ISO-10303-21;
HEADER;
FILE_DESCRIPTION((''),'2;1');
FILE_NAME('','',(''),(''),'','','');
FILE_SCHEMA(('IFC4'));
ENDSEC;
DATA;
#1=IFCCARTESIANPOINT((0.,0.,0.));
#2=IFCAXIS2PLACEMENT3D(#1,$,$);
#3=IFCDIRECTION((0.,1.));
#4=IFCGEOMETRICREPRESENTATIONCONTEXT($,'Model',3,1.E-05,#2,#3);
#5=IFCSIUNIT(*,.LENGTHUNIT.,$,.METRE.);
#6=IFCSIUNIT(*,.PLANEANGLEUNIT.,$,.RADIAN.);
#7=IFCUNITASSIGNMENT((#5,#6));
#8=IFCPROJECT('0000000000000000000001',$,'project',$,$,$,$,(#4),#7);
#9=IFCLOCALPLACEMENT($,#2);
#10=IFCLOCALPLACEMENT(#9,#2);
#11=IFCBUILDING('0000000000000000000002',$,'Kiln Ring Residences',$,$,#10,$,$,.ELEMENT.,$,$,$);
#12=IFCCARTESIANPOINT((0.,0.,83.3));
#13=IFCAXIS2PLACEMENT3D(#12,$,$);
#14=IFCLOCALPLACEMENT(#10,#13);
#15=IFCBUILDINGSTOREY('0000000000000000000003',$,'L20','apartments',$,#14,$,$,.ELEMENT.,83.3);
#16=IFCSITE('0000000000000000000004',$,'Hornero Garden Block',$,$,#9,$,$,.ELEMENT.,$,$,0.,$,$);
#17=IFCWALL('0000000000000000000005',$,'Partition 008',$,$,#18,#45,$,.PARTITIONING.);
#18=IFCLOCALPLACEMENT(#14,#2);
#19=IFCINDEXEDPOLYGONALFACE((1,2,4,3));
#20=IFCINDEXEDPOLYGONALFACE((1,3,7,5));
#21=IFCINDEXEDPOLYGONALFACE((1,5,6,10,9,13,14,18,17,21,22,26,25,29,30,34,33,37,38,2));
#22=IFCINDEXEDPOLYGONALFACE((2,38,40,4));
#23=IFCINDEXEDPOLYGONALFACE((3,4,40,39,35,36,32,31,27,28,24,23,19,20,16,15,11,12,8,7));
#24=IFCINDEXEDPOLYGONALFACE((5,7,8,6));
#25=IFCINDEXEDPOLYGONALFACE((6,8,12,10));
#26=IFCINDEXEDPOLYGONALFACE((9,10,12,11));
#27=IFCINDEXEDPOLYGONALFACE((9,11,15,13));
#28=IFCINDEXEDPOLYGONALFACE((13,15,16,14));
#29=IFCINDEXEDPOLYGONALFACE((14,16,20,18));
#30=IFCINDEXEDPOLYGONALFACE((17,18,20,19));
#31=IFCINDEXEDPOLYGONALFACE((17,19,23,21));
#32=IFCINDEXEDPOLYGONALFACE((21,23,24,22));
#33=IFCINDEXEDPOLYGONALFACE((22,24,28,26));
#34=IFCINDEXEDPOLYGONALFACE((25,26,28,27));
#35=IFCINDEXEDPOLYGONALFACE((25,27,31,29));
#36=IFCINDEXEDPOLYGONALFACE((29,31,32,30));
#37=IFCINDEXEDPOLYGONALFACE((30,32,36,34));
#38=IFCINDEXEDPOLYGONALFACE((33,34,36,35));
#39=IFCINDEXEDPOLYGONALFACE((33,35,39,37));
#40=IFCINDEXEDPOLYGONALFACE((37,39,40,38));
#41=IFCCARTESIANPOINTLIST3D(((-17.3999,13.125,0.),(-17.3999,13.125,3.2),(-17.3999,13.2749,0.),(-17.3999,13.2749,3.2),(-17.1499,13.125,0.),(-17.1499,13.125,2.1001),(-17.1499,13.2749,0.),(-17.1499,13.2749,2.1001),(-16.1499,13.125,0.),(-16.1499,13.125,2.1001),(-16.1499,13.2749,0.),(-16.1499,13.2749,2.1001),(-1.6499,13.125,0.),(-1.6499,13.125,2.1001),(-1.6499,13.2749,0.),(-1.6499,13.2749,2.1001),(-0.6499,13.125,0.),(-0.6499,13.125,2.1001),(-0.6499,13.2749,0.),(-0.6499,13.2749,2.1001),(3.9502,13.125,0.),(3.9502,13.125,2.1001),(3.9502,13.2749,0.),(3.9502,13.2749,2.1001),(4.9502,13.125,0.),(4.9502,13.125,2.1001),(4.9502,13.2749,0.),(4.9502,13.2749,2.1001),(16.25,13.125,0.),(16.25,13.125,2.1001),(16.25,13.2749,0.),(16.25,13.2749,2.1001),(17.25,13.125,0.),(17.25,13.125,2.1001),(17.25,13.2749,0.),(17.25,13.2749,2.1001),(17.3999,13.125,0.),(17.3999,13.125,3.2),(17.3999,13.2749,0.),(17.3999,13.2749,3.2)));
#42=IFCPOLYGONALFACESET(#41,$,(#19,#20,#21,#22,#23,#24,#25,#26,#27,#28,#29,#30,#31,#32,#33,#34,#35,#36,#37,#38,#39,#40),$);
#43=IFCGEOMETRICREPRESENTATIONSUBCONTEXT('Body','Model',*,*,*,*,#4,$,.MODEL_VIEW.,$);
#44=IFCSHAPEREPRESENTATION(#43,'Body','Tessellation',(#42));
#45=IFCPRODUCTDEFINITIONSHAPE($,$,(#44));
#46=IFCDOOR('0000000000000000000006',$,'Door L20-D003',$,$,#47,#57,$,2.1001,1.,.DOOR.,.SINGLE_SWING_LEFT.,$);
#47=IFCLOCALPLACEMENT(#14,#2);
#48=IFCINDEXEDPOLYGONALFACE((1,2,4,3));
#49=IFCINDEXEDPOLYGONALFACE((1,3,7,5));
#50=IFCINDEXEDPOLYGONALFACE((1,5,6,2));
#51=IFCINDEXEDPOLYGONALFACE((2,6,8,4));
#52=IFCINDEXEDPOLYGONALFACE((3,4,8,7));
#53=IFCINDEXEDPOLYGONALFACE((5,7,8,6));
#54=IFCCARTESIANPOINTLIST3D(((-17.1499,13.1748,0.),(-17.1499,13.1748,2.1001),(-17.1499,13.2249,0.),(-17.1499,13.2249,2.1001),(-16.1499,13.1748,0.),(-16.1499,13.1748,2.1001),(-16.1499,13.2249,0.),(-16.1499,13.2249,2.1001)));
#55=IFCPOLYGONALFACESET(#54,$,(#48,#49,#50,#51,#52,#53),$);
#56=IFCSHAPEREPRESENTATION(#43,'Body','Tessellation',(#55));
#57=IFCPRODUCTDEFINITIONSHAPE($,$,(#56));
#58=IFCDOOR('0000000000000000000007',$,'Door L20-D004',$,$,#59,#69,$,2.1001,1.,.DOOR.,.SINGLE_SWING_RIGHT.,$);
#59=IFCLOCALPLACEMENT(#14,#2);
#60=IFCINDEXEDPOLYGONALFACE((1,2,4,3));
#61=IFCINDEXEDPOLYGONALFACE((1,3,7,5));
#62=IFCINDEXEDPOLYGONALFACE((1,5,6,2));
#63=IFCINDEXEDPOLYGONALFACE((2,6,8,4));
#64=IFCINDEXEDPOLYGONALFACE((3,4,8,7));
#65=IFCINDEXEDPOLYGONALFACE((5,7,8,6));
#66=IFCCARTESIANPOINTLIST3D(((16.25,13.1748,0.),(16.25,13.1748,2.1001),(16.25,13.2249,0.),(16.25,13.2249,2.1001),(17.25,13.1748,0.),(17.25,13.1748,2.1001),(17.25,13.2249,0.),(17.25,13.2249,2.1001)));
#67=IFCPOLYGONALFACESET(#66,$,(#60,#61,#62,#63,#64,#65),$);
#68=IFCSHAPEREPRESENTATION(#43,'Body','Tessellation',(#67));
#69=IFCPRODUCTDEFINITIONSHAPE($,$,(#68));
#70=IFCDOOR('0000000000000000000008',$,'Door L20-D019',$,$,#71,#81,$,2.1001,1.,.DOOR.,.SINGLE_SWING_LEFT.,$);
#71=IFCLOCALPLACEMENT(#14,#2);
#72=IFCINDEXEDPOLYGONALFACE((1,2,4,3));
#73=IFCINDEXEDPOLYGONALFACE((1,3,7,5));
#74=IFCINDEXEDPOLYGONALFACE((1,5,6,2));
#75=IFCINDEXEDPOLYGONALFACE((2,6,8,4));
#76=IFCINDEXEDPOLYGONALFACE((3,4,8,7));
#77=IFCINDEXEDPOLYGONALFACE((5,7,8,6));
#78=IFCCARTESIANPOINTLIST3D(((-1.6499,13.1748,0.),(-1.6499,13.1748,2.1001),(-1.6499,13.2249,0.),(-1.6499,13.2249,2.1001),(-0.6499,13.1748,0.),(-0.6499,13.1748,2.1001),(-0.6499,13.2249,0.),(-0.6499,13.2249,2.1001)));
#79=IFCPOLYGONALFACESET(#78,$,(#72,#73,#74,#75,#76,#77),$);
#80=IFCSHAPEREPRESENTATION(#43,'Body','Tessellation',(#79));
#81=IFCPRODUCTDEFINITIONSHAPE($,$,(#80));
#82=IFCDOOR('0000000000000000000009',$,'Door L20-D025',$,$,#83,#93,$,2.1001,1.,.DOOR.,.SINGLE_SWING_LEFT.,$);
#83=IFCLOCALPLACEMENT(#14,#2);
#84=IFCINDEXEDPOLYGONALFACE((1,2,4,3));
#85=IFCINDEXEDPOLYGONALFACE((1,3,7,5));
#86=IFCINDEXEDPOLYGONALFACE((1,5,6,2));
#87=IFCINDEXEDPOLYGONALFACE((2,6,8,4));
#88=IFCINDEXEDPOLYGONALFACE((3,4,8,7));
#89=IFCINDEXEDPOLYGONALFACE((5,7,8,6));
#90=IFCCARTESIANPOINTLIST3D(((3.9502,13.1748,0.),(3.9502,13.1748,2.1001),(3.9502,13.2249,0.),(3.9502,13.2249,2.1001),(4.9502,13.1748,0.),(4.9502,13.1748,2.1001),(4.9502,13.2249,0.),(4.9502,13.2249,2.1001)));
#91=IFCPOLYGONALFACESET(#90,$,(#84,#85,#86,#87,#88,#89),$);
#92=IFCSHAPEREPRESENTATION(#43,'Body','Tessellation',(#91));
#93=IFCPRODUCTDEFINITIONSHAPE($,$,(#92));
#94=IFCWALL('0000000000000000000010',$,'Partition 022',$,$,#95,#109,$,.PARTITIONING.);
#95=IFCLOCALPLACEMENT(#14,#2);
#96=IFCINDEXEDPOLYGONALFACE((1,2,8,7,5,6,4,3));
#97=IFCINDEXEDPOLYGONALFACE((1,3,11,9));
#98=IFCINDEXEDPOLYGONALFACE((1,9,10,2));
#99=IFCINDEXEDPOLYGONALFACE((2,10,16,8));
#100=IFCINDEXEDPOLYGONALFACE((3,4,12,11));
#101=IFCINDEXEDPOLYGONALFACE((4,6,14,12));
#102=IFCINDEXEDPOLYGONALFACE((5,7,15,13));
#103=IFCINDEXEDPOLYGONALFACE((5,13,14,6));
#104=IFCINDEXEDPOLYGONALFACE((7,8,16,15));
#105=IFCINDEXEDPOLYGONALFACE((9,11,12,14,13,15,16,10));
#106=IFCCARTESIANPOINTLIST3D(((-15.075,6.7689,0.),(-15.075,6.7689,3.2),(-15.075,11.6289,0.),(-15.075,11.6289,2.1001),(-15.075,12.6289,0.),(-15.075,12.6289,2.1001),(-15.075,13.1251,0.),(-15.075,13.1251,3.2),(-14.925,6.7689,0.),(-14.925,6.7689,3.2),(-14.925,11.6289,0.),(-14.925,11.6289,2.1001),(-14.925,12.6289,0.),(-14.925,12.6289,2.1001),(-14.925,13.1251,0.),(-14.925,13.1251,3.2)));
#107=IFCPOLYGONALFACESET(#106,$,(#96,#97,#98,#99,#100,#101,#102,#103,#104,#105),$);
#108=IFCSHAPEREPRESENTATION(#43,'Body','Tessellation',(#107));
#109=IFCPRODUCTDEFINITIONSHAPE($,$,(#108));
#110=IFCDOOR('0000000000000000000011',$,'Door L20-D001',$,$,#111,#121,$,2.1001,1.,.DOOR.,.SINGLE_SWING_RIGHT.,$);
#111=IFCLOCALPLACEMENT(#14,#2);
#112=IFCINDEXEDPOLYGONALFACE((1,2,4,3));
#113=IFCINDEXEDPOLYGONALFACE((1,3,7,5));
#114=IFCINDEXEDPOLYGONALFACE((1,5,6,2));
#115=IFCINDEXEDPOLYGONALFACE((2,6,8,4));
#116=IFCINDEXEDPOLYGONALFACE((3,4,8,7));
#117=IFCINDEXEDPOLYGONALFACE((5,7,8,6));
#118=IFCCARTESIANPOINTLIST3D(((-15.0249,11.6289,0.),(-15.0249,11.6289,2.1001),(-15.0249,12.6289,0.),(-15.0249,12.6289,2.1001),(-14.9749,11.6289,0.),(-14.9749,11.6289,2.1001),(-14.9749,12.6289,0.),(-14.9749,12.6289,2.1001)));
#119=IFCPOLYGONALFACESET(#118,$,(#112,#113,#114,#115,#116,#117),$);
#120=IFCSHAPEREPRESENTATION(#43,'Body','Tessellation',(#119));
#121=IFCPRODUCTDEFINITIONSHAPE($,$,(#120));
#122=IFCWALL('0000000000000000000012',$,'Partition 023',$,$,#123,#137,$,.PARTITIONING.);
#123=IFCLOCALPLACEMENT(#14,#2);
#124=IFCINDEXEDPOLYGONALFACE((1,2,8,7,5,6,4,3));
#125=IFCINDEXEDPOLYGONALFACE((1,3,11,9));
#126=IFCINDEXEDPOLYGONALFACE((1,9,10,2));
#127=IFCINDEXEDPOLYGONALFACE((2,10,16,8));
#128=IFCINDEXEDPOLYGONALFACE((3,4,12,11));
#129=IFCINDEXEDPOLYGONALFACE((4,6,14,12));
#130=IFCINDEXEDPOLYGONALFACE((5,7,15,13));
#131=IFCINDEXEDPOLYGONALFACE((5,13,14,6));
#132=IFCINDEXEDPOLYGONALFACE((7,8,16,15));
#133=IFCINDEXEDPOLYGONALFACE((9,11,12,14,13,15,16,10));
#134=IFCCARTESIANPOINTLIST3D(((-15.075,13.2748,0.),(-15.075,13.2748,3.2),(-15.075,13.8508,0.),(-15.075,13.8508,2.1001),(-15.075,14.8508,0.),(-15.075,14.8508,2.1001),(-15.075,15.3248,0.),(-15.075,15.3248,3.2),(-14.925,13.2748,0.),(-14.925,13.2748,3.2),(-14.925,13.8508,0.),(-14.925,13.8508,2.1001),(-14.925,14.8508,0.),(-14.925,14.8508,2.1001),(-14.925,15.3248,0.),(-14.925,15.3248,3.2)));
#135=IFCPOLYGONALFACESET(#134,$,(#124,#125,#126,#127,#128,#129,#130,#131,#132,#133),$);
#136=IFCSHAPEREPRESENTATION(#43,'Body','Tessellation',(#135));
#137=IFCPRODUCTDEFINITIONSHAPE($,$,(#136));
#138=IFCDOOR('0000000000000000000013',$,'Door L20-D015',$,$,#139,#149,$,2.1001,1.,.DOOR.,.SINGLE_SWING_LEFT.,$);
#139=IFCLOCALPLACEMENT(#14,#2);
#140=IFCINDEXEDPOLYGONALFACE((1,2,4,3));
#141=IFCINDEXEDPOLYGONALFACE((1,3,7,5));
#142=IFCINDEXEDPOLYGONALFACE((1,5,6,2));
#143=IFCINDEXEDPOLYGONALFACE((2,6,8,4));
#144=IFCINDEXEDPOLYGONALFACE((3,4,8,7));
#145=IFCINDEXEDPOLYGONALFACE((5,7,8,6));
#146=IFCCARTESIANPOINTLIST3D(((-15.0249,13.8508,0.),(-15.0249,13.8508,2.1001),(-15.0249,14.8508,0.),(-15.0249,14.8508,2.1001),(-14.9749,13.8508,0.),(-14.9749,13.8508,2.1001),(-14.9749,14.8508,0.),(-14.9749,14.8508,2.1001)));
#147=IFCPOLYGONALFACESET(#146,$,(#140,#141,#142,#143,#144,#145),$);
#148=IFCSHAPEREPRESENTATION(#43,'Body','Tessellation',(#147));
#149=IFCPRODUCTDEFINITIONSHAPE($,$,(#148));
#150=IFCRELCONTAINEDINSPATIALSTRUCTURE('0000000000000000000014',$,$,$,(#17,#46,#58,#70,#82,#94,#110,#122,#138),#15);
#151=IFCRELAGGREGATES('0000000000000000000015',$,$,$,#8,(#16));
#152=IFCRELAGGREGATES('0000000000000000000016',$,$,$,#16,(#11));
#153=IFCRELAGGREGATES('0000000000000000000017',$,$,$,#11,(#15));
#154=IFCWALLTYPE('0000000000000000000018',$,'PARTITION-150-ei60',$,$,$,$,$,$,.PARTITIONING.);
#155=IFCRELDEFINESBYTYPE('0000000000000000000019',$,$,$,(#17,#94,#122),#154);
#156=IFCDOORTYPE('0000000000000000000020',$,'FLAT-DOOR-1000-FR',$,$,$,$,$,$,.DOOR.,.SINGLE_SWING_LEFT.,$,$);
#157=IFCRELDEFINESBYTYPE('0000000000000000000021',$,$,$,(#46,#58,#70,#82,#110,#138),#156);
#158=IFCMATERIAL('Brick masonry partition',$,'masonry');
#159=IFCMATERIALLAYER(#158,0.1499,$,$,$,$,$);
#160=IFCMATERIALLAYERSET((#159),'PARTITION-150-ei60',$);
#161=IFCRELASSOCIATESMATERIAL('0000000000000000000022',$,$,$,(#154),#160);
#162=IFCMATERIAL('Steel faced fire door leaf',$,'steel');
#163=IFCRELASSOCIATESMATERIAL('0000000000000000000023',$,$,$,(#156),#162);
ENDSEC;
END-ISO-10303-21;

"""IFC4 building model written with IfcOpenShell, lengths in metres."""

from ifc_helpers import new_model, si_unit, direction, frame, frame_2d, origin, place, context, subcontext, project, spatial, rectangle, extrude, material, layer, layer_set, type_object, element, fill, save


model = new_model("IFC4")

# Units and contexts
model_context = context("Model", 3, precision=1e-05, world=origin(), true_north=direction((0.0, 1.0)))
body_context = subcontext(model_context, "Body", "Model", "MODEL_VIEW")
ifc_project = project(units=[si_unit("LENGTHUNIT", "METRE"), si_unit("PLANEANGLEUNIT", "RADIAN")], contexts=[model_context])

# Site, building, storey
site_placement = place(None, origin())
site = spatial("IfcSite", under=ifc_project, at=site_placement, Name="Hornero Garden Block", CompositionType="ELEMENT", RefElevation=0.0)
building_placement = place(site_placement, origin())
building = spatial("IfcBuilding", under=site, at=building_placement, Name="Kiln Ring Residences", CompositionType="ELEMENT")
storey_placement = place(building_placement, frame((0.0, 0.0, 83.3)))
storey = spatial("IfcBuildingStorey", under=building, at=storey_placement, Name="L20", Description="apartments", CompositionType="ELEMENT", Elevation=83.3)

# Wall, openings, doors
ifc_material_1 = material(Name="Brick masonry partition", Category="masonry")
ifc_layer_1 = layer(ifc_material_1, 0.1499)
ifc_layer_set_1 = layer_set([ifc_layer_1], Name="PARTITION-150-ei60")
wall_type = type_object("IfcWallType", Name="PARTITION-150-ei60", PredefinedType="PARTITIONING", material=ifc_layer_set_1)
ifc_material_2 = material(Name="Steel faced fire door leaf", Category="steel")
door_type = type_object("IfcDoorType", Name="FLAT-DOOR-1000-FR", OperationType="SINGLE_SWING_LEFT", PredefinedType="DOOR", material=ifc_material_2)
wall_1_placement = place(storey_placement, frame((-17.3999, 13.2, 0.0), z_axis=(0.0, 0.0, 1.0), x_axis=(1.0, 0.0, 0.0)))
wall_1 = element("IfcWall", 1, at=wall_1_placement, inside=storey, type_object=wall_type, Name="Partition 008", PredefinedType="PARTITIONING", context=body_context, shape_type="SweptSolid", body=[
    extrude(rectangle(XDim=34.7998, YDim=0.1499, at=frame_2d((17.3999, 0.0))), origin(), (0.0, 0.0, 1.0), 3.2),
])
opening_1_placement = place(wall_1_placement, frame((0.25, 0.0, 0.0)))
opening_1 = element("IfcOpeningElement", 2, at=opening_1_placement, cuts=wall_1, PredefinedType="OPENING", context=body_context, shape_type="SweptSolid", body=[
    extrude(rectangle(XDim=1.0, YDim=2.1001, at=frame_2d((0.5, 1.05))), frame((0.0, 0.085, 0.0), z_axis=(0.0, -1.0, 0.0), x_axis=(1.0, 0.0, 0.0)), (0.0, 0.0, 1.0), 0.1699),
])
opening_2_placement = place(wall_1_placement, frame((33.6499, 0.0, 0.0)))
opening_2 = element("IfcOpeningElement", 3, at=opening_2_placement, cuts=wall_1, PredefinedType="OPENING", context=body_context, shape_type="SweptSolid", body=[
    extrude(rectangle(XDim=1.0, YDim=2.1001, at=frame_2d((0.5, 1.05))), frame((0.0, 0.085, 0.0), z_axis=(0.0, -1.0, 0.0), x_axis=(1.0, 0.0, 0.0)), (0.0, 0.0, 1.0), 0.1699),
])
opening_3_placement = place(wall_1_placement, frame((15.75, 0.0, 0.0)))
opening_3 = element("IfcOpeningElement", 4, at=opening_3_placement, cuts=wall_1, PredefinedType="OPENING", context=body_context, shape_type="SweptSolid", body=[
    extrude(rectangle(XDim=1.0, YDim=2.1001, at=frame_2d((0.5, 1.05))), frame((0.0, 0.085, 0.0), z_axis=(0.0, -1.0, 0.0), x_axis=(1.0, 0.0, 0.0)), (0.0, 0.0, 1.0), 0.1699),
])
opening_4_placement = place(wall_1_placement, frame((21.3501, 0.0, 0.0)))
opening_4 = element("IfcOpeningElement", 5, at=opening_4_placement, cuts=wall_1, PredefinedType="OPENING", context=body_context, shape_type="SweptSolid", body=[
    extrude(rectangle(XDim=1.0, YDim=2.1001, at=frame_2d((0.5, 1.05))), frame((0.0, 0.085, 0.0), z_axis=(0.0, -1.0, 0.0), x_axis=(1.0, 0.0, 0.0)), (0.0, 0.0, 1.0), 0.1699),
])
door_1_placement = place(opening_1_placement, origin())
door_1 = element("IfcDoor", 6, at=door_1_placement, inside=storey, type_object=door_type, Name="Door L20-D003", OperationType="SINGLE_SWING_LEFT", OverallHeight=2.1001, OverallWidth=1.0, PredefinedType="DOOR", context=body_context, shape_type="SweptSolid", body=[
    extrude(rectangle(XDim=1.0, YDim=2.1001, at=frame_2d((0.5, 1.05))), frame((0.0, 0.0249, 0.0), z_axis=(0.0, -1.0, 0.0), x_axis=(1.0, 0.0, 0.0)), (0.0, 0.0, 1.0), 0.05),
])
fill(opening_1, door_1)
door_2_placement = place(opening_2_placement, origin())
door_2 = element("IfcDoor", 7, at=door_2_placement, inside=storey, type_object=door_type, Name="Door L20-D004", OperationType="SINGLE_SWING_RIGHT", OverallHeight=2.1001, OverallWidth=1.0, PredefinedType="DOOR", context=body_context, shape_type="SweptSolid", body=[
    extrude(rectangle(XDim=1.0, YDim=2.1001, at=frame_2d((0.5, 1.05))), frame((0.0, 0.0249, 0.0), z_axis=(0.0, -1.0, 0.0), x_axis=(1.0, 0.0, 0.0)), (0.0, 0.0, 1.0), 0.05),
])
fill(opening_2, door_2)
door_3_placement = place(opening_3_placement, origin())
door_3 = element("IfcDoor", 8, at=door_3_placement, inside=storey, type_object=door_type, Name="Door L20-D019", OperationType="SINGLE_SWING_LEFT", OverallHeight=2.1001, OverallWidth=1.0, PredefinedType="DOOR", context=body_context, shape_type="SweptSolid", body=[
    extrude(rectangle(XDim=1.0, YDim=2.1001, at=frame_2d((0.5, 1.05))), frame((0.0, 0.0249, 0.0), z_axis=(0.0, -1.0, 0.0), x_axis=(1.0, 0.0, 0.0)), (0.0, 0.0, 1.0), 0.05),
])
fill(opening_3, door_3)
door_4_placement = place(opening_4_placement, origin())
door_4 = element("IfcDoor", 9, at=door_4_placement, inside=storey, type_object=door_type, Name="Door L20-D025", OperationType="SINGLE_SWING_LEFT", OverallHeight=2.1001, OverallWidth=1.0, PredefinedType="DOOR", context=body_context, shape_type="SweptSolid", body=[
    extrude(rectangle(XDim=1.0, YDim=2.1001, at=frame_2d((0.5, 1.05))), frame((0.0, 0.0249, 0.0), z_axis=(0.0, -1.0, 0.0), x_axis=(1.0, 0.0, 0.0)), (0.0, 0.0, 1.0), 0.05),
])
fill(opening_4, door_4)

# Walls, openings, doors
wall_2_placement = place(storey_placement, frame((-15.0, 6.7688, 0.0), z_axis=(0.0, 0.0, 1.0), x_axis=(0.0, 1.0, 0.0)))
wall_2 = element("IfcWall", 10, at=wall_2_placement, inside=storey, type_object=wall_type, Name="Partition 022", PredefinedType="PARTITIONING", context=body_context, shape_type="SweptSolid", body=[
    extrude(rectangle(XDim=6.3562, YDim=0.1499, at=frame_2d((3.1782, 0.0))), origin(), (0.0, 0.0, 1.0), 3.2),
])
opening_5_placement = place(wall_2_placement, frame((4.8601, 0.0, 0.0)))
opening_5 = element("IfcOpeningElement", 11, at=opening_5_placement, cuts=wall_2, PredefinedType="OPENING", context=body_context, shape_type="SweptSolid", body=[
    extrude(rectangle(XDim=1.0, YDim=2.1001, at=frame_2d((0.5, 1.05))), frame((0.0, 0.085, 0.0), z_axis=(0.0, -1.0, 0.0), x_axis=(1.0, 0.0, 0.0)), (0.0, 0.0, 1.0), 0.1699),
])
door_5_placement = place(opening_5_placement, origin())
door_5 = element("IfcDoor", 12, at=door_5_placement, inside=storey, type_object=door_type, Name="Door L20-D001", OperationType="SINGLE_SWING_RIGHT", OverallHeight=2.1001, OverallWidth=1.0, PredefinedType="DOOR", context=body_context, shape_type="SweptSolid", body=[
    extrude(rectangle(XDim=1.0, YDim=2.1001, at=frame_2d((0.5, 1.05))), frame((0.0, 0.0249, 0.0), z_axis=(0.0, -1.0, 0.0), x_axis=(1.0, 0.0, 0.0)), (0.0, 0.0, 1.0), 0.05),
])
fill(opening_5, door_5)
wall_3_placement = place(storey_placement, frame((-15.0, 13.2749, 0.0), z_axis=(0.0, 0.0, 1.0), x_axis=(0.0, 1.0, 0.0)))
wall_3 = element("IfcWall", 13, at=wall_3_placement, inside=storey, type_object=wall_type, Name="Partition 023", PredefinedType="PARTITIONING", context=body_context, shape_type="SweptSolid", body=[
    extrude(rectangle(XDim=2.05, YDim=0.1499, at=frame_2d((1.0249, 0.0))), origin(), (0.0, 0.0, 1.0), 3.2),
])
opening_6_placement = place(wall_3_placement, frame((0.5759, 0.0, 0.0)))
opening_6 = element("IfcOpeningElement", 14, at=opening_6_placement, cuts=wall_3, PredefinedType="OPENING", context=body_context, shape_type="SweptSolid", body=[
    extrude(rectangle(XDim=1.0, YDim=2.1001, at=frame_2d((0.5, 1.05))), frame((0.0, 0.085, 0.0), z_axis=(0.0, -1.0, 0.0), x_axis=(1.0, 0.0, 0.0)), (0.0, 0.0, 1.0), 0.1699),
])
door_6_placement = place(opening_6_placement, origin())
door_6 = element("IfcDoor", 15, at=door_6_placement, inside=storey, type_object=door_type, Name="Door L20-D015", OperationType="SINGLE_SWING_LEFT", OverallHeight=2.1001, OverallWidth=1.0, PredefinedType="DOOR", context=body_context, shape_type="SweptSolid", body=[
    extrude(rectangle(XDim=1.0, YDim=2.1001, at=frame_2d((0.5, 1.05))), frame((0.0, 0.0249, 0.0), z_axis=(0.0, -1.0, 0.0), x_axis=(1.0, 0.0, 0.0)), (0.0, 0.0, 1.0), 0.05),
])
fill(opening_6, door_6)

save(model, "model.ifc")
